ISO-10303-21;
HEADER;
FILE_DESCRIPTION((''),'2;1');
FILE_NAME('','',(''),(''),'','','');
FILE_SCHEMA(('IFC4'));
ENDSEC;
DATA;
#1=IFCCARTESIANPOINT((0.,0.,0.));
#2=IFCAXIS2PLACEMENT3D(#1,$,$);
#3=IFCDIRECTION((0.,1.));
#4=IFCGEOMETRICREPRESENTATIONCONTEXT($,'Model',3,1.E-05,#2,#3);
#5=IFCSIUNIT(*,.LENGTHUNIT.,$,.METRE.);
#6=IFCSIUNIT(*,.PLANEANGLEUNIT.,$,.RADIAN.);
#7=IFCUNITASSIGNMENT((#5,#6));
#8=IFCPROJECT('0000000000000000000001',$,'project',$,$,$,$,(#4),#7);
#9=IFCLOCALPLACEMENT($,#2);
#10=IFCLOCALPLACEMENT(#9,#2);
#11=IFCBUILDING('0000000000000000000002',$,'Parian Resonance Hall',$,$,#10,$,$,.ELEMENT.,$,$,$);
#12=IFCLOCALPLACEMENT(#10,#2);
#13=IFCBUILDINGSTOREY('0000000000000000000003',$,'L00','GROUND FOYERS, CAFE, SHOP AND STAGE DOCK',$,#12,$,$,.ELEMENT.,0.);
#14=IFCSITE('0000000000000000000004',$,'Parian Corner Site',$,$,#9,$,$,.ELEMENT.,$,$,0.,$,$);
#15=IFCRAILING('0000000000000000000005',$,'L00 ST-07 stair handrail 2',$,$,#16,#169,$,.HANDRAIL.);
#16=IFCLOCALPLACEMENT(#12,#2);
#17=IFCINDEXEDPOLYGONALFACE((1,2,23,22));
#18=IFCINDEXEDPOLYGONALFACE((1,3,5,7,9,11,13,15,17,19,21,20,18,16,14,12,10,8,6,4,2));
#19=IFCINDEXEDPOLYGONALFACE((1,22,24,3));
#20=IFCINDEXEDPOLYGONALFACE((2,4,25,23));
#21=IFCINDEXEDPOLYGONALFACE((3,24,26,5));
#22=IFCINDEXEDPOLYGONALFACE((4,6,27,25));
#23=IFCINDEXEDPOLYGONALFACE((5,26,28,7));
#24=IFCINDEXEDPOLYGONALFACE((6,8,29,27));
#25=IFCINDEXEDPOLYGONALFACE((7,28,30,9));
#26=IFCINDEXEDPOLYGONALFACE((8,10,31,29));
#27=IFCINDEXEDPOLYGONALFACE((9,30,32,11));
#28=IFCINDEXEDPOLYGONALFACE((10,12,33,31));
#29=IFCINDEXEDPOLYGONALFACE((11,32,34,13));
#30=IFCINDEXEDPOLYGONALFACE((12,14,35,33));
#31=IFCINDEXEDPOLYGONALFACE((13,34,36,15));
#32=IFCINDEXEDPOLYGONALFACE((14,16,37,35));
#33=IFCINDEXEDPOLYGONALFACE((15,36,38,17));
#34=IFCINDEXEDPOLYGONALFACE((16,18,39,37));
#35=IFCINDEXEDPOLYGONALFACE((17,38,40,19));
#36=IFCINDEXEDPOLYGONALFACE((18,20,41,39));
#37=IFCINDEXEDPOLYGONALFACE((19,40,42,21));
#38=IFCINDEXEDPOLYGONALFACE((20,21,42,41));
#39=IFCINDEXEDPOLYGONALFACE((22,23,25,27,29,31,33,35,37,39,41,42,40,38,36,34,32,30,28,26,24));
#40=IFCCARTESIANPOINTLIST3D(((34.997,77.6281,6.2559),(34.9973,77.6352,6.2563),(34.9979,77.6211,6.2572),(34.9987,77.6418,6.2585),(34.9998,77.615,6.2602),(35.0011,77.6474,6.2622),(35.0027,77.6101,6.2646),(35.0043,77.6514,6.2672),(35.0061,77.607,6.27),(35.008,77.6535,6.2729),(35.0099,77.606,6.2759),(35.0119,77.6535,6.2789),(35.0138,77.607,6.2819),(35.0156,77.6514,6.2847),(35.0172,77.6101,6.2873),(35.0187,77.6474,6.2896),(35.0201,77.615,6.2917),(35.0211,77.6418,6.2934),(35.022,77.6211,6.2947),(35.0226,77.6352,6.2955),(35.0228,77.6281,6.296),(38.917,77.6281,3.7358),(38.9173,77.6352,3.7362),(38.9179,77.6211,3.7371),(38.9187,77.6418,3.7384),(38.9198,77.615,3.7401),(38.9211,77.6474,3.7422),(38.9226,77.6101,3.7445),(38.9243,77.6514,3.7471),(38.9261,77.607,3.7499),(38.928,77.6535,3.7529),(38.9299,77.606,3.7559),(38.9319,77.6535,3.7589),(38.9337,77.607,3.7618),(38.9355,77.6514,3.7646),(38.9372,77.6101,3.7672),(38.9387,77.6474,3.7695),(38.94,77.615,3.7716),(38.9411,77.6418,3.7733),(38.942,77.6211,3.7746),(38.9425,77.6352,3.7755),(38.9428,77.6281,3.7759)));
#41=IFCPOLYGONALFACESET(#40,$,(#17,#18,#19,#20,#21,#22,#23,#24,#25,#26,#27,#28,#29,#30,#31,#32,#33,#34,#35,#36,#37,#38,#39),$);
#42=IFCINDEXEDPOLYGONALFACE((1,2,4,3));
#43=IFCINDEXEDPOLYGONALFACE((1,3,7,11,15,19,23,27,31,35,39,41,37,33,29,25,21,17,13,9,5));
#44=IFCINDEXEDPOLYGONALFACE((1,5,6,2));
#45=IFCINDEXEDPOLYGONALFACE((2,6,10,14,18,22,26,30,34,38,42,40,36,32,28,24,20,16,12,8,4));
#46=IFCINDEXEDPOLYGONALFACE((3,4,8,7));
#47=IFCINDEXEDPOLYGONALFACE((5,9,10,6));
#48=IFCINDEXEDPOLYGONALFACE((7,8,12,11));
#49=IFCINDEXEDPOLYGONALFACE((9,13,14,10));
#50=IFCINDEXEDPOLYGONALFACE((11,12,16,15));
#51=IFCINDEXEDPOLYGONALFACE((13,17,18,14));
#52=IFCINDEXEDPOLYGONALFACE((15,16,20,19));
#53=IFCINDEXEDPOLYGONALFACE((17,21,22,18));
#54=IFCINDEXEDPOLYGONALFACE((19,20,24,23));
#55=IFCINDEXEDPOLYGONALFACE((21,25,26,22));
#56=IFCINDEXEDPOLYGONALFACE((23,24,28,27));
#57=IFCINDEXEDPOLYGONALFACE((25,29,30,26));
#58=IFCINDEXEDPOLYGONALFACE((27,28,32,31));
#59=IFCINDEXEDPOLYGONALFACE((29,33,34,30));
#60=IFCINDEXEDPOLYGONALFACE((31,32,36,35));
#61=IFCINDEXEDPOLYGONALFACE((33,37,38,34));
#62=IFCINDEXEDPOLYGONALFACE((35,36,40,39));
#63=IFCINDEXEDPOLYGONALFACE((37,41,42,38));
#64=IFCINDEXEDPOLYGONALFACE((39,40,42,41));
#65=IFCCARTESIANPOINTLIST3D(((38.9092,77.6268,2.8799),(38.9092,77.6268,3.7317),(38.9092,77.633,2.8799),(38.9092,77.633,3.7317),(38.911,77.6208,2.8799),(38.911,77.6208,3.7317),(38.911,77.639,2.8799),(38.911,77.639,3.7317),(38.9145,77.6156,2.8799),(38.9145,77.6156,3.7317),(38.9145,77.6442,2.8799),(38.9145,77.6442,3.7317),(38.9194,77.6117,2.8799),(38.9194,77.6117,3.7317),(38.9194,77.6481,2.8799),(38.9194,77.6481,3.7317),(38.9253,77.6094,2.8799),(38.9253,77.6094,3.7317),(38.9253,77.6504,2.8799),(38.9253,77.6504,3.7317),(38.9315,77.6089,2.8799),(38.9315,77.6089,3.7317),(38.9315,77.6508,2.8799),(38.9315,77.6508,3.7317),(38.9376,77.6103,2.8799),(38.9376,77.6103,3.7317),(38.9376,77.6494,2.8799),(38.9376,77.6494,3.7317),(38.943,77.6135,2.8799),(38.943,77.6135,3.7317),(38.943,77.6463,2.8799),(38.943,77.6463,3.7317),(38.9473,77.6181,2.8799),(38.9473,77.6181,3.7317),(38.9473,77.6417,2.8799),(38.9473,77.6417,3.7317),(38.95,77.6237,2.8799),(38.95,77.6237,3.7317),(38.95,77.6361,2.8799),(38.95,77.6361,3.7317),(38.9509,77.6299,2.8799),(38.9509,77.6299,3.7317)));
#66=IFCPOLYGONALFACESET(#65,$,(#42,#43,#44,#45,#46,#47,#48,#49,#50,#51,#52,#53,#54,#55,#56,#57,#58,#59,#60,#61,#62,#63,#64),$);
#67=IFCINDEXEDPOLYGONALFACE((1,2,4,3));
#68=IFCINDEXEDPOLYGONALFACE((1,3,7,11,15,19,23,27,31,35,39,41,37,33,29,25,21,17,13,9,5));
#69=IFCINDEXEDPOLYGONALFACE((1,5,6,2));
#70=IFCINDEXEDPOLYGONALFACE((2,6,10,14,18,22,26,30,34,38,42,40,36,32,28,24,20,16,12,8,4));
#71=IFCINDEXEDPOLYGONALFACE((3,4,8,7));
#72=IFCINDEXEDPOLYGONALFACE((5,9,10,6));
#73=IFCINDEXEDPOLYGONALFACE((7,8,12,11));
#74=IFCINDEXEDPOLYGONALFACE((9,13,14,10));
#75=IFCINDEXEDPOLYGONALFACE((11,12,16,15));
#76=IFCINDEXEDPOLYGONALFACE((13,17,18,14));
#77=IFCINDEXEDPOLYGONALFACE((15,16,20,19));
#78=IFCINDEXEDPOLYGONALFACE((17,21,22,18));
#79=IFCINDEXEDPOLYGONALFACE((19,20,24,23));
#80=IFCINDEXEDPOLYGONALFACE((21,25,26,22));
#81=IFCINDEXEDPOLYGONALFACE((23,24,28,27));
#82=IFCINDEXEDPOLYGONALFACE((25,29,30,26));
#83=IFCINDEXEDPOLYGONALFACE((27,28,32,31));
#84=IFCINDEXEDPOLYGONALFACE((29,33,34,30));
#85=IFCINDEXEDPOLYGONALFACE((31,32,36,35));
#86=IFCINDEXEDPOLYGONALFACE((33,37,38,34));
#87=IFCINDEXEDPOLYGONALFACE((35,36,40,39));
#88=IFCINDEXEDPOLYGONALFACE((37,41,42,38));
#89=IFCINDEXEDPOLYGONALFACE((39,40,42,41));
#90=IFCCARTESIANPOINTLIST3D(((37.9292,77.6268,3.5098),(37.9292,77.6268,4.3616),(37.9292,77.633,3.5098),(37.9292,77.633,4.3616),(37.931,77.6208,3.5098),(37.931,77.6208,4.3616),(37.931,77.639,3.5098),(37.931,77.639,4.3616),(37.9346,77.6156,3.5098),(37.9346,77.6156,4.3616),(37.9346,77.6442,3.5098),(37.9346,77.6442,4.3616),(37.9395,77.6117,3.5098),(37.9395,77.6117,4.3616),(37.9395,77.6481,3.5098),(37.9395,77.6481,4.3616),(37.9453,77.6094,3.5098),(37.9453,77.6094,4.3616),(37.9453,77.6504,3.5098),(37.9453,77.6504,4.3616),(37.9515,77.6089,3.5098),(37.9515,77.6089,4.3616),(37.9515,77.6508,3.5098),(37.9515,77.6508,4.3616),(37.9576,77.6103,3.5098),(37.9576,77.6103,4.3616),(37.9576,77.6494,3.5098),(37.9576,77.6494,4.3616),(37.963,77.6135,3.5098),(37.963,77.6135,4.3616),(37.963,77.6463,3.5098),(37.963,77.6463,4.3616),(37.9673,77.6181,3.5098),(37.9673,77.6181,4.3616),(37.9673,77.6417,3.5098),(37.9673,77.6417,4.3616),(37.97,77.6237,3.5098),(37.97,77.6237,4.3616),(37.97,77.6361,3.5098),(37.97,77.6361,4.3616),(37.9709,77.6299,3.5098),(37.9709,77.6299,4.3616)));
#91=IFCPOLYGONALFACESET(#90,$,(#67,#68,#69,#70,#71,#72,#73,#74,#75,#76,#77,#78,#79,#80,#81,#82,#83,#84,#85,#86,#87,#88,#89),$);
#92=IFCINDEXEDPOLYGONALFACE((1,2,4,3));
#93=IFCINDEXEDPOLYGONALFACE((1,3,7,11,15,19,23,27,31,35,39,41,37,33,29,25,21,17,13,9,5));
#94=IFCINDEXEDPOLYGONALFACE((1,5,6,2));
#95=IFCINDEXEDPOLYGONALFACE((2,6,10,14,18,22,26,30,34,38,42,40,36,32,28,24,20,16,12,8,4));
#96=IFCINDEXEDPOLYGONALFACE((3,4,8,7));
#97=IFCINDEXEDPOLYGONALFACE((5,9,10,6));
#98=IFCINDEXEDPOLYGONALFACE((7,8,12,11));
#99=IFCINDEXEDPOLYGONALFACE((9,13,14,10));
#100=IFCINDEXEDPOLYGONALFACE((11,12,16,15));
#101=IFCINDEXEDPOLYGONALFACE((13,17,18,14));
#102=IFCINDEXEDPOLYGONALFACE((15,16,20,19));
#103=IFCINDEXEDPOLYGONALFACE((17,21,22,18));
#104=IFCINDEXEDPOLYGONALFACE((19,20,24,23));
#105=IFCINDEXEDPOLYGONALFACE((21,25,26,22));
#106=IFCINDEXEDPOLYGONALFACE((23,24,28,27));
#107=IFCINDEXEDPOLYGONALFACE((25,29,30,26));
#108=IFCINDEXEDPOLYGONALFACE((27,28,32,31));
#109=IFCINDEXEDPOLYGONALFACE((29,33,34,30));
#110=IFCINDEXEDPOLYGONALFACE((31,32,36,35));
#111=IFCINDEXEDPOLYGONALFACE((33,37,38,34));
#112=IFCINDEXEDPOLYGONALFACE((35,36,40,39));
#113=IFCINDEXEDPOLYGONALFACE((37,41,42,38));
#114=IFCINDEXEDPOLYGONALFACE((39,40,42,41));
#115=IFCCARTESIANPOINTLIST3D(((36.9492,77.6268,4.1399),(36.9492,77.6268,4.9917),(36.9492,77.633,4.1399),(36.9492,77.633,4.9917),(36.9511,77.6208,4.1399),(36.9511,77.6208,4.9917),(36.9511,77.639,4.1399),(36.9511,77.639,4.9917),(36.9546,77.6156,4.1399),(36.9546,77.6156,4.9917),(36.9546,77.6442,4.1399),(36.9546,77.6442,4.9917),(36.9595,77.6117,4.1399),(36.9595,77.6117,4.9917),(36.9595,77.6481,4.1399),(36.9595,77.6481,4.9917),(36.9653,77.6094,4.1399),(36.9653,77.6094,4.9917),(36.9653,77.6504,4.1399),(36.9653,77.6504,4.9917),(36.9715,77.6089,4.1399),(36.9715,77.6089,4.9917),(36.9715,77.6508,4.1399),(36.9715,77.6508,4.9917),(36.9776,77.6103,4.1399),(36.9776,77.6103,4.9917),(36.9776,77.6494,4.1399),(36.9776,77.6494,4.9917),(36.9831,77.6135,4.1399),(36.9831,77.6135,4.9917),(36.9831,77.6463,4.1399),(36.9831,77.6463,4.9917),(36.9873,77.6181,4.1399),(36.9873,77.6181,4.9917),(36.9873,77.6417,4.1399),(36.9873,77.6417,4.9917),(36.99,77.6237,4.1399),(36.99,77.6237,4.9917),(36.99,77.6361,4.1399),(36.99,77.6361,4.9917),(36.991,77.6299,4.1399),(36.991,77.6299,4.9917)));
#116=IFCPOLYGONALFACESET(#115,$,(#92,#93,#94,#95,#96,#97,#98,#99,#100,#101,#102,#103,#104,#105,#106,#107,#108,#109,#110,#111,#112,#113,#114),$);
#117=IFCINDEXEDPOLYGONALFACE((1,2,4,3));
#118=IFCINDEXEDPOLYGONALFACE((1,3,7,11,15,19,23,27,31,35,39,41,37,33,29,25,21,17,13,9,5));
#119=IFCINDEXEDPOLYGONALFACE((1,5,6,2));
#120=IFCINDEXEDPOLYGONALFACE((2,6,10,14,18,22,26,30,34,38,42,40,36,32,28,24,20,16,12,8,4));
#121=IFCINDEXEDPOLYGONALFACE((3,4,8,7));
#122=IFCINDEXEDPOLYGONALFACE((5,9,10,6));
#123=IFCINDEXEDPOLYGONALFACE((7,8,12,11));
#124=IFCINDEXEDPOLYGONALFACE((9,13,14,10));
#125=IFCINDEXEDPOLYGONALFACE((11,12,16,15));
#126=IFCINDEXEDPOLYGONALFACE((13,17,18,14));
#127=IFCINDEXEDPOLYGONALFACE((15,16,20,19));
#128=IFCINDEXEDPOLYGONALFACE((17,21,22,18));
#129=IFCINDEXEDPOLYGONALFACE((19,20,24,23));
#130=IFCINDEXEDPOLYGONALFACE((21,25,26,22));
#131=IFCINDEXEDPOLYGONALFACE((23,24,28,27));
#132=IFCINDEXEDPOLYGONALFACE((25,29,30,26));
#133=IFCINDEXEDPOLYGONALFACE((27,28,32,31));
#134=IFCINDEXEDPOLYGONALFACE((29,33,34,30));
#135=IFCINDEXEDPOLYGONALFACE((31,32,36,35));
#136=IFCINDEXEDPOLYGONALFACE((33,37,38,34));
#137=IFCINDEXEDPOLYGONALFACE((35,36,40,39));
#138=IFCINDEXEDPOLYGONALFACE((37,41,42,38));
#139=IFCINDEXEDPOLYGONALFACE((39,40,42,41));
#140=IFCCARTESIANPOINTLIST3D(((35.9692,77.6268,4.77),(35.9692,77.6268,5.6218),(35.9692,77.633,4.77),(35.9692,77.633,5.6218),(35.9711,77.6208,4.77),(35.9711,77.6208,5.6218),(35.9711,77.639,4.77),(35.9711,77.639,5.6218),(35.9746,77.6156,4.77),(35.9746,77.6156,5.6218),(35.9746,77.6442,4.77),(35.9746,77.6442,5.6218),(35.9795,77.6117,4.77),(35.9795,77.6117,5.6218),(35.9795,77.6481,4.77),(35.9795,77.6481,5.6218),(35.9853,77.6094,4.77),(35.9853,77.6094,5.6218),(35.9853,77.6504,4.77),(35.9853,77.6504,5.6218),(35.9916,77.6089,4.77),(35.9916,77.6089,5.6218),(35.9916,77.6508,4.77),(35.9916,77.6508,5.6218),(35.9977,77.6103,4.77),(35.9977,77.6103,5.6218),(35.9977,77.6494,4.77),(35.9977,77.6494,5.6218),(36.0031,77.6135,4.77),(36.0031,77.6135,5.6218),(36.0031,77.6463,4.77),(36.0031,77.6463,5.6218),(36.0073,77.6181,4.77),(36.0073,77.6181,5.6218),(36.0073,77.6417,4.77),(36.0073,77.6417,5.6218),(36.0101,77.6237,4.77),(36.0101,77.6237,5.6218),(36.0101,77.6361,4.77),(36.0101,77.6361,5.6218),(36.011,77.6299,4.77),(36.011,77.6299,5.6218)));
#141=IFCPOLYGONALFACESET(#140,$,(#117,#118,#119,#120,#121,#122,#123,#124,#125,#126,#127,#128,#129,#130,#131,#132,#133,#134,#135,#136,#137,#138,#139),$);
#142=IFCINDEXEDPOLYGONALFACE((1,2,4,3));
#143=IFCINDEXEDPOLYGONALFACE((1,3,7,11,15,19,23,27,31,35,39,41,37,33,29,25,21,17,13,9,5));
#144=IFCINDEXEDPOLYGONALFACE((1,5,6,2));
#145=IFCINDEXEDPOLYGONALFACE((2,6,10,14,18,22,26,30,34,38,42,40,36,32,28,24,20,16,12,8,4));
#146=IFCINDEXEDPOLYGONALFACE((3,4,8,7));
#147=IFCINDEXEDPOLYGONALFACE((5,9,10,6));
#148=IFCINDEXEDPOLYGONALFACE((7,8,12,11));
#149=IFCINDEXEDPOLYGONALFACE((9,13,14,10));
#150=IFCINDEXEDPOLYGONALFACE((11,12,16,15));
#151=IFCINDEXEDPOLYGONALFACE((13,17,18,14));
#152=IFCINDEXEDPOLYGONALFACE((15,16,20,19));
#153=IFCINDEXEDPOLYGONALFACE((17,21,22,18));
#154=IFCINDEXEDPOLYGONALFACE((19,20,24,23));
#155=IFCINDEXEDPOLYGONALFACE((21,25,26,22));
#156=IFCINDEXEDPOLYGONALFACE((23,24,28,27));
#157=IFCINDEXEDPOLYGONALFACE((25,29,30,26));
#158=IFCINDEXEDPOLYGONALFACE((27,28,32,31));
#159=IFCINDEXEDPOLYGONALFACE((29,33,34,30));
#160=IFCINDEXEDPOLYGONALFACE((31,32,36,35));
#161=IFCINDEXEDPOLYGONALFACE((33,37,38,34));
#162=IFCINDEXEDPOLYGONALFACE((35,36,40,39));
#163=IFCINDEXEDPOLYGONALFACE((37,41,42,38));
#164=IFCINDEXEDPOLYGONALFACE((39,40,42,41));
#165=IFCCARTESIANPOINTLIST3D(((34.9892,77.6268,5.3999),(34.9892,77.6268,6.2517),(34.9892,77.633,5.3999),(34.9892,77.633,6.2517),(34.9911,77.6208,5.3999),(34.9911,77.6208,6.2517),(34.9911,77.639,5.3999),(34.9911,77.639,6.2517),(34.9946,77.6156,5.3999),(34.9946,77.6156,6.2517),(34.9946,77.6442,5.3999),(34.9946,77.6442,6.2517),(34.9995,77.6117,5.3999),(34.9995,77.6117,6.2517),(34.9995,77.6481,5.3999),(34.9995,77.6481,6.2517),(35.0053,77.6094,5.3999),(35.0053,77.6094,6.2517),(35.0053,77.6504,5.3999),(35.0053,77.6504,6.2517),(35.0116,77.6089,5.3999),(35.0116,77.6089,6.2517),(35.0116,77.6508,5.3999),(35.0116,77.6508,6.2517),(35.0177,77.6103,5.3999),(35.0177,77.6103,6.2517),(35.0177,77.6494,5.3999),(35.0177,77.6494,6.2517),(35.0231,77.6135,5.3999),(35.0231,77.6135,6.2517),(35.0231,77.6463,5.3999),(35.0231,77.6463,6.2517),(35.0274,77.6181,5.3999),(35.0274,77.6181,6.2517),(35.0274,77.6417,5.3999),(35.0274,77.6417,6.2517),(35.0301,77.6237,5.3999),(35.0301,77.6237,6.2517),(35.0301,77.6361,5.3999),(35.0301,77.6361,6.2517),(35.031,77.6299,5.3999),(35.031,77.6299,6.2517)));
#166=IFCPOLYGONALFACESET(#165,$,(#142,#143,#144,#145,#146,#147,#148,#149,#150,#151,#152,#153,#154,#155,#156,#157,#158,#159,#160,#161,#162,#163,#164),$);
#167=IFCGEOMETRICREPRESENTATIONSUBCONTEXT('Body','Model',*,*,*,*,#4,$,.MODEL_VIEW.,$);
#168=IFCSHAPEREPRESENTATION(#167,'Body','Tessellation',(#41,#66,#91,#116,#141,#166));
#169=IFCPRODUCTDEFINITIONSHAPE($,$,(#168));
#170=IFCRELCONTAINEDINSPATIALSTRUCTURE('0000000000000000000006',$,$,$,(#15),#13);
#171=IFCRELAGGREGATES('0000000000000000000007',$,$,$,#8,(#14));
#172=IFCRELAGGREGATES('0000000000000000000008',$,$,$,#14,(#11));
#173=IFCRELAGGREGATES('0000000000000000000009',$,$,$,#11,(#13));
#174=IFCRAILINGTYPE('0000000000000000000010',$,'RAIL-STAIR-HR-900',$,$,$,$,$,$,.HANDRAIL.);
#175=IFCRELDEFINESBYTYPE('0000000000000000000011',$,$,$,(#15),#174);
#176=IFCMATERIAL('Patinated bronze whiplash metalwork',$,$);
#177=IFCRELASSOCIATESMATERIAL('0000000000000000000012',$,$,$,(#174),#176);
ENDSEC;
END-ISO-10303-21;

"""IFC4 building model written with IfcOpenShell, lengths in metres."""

from ifc_helpers import new_model, si_unit, direction, frame, origin, origin_2d, place, context, subcontext, project, spatial, circle, extrude, material, type_object, element, save


model = new_model("IFC4")

# Units and contexts
model_context = context("Model", 3, precision=1e-05, world=origin(), true_north=direction((0.0, 1.0)))
body_context = subcontext(model_context, "Body", "Model", "MODEL_VIEW")
ifc_project = project(units=[si_unit("LENGTHUNIT", "METRE"), si_unit("PLANEANGLEUNIT", "RADIAN")], contexts=[model_context])

# Site, building, storey
site_placement = place(None, origin())
site = spatial("IfcSite", under=ifc_project, at=site_placement, Name="Parian Corner Site", CompositionType="ELEMENT", RefElevation=0.0)
building_placement = place(site_placement, origin())
building = spatial("IfcBuilding", under=site, at=building_placement, Name="Parian Resonance Hall", CompositionType="ELEMENT")
storey_placement = place(building_placement, origin())
storey = spatial("IfcBuildingStorey", under=building, at=storey_placement, Name="L00", Description="GROUND FOYERS, CAFE, SHOP AND STAGE DOCK", CompositionType="ELEMENT", Elevation=0.0)

# Railing
ifc_material_1 = material(Name="Patinated bronze whiplash metalwork")
railing_type_1 = type_object("IfcRailingType", Name="RAIL-STAIR-HR-900", PredefinedType="HANDRAIL", material=ifc_material_1)
railing_1_placement = place(storey_placement, frame((38.9299, 77.6299, 2.8799)))
element("IfcRailing", 1, at=railing_1_placement, inside=storey, type_object=railing_type_1, Name="L00 ST-07 stair handrail 2", PredefinedType="HANDRAIL", context=body_context, shape_type="SweptSolid", body=[
    extrude(circle(Radius=0.0239, at=origin_2d()), frame((0.0, 0.0, 0.876), z_axis=(-0.841172, 0.0, 0.540768), x_axis=(0.0, -1.0, 0.0)), (0.0, 0.0, 1.0), 4.6602),
    extrude(circle(Radius=0.021, at=origin_2d()), origin(), (0.0, 0.0, 1.0), 0.8518),
    extrude(circle(Radius=0.021, at=origin_2d()), frame((-0.98, 0.0, 0.6299)), (0.0, 0.0, 1.0), 0.8518),
    extrude(circle(Radius=0.021, at=origin_2d()), frame((-1.96, 0.0, 1.26)), (0.0, 0.0, 1.0), 0.8518),
    extrude(circle(Radius=0.021, at=origin_2d()), frame((-2.9399, 0.0, 1.8901)), (0.0, 0.0, 1.0), 0.8518),
    extrude(circle(Radius=0.021, at=origin_2d()), frame((-3.9199, 0.0, 2.52)), (0.0, 0.0, 1.0), 0.8518),
])

save(model, "model.ifc")
